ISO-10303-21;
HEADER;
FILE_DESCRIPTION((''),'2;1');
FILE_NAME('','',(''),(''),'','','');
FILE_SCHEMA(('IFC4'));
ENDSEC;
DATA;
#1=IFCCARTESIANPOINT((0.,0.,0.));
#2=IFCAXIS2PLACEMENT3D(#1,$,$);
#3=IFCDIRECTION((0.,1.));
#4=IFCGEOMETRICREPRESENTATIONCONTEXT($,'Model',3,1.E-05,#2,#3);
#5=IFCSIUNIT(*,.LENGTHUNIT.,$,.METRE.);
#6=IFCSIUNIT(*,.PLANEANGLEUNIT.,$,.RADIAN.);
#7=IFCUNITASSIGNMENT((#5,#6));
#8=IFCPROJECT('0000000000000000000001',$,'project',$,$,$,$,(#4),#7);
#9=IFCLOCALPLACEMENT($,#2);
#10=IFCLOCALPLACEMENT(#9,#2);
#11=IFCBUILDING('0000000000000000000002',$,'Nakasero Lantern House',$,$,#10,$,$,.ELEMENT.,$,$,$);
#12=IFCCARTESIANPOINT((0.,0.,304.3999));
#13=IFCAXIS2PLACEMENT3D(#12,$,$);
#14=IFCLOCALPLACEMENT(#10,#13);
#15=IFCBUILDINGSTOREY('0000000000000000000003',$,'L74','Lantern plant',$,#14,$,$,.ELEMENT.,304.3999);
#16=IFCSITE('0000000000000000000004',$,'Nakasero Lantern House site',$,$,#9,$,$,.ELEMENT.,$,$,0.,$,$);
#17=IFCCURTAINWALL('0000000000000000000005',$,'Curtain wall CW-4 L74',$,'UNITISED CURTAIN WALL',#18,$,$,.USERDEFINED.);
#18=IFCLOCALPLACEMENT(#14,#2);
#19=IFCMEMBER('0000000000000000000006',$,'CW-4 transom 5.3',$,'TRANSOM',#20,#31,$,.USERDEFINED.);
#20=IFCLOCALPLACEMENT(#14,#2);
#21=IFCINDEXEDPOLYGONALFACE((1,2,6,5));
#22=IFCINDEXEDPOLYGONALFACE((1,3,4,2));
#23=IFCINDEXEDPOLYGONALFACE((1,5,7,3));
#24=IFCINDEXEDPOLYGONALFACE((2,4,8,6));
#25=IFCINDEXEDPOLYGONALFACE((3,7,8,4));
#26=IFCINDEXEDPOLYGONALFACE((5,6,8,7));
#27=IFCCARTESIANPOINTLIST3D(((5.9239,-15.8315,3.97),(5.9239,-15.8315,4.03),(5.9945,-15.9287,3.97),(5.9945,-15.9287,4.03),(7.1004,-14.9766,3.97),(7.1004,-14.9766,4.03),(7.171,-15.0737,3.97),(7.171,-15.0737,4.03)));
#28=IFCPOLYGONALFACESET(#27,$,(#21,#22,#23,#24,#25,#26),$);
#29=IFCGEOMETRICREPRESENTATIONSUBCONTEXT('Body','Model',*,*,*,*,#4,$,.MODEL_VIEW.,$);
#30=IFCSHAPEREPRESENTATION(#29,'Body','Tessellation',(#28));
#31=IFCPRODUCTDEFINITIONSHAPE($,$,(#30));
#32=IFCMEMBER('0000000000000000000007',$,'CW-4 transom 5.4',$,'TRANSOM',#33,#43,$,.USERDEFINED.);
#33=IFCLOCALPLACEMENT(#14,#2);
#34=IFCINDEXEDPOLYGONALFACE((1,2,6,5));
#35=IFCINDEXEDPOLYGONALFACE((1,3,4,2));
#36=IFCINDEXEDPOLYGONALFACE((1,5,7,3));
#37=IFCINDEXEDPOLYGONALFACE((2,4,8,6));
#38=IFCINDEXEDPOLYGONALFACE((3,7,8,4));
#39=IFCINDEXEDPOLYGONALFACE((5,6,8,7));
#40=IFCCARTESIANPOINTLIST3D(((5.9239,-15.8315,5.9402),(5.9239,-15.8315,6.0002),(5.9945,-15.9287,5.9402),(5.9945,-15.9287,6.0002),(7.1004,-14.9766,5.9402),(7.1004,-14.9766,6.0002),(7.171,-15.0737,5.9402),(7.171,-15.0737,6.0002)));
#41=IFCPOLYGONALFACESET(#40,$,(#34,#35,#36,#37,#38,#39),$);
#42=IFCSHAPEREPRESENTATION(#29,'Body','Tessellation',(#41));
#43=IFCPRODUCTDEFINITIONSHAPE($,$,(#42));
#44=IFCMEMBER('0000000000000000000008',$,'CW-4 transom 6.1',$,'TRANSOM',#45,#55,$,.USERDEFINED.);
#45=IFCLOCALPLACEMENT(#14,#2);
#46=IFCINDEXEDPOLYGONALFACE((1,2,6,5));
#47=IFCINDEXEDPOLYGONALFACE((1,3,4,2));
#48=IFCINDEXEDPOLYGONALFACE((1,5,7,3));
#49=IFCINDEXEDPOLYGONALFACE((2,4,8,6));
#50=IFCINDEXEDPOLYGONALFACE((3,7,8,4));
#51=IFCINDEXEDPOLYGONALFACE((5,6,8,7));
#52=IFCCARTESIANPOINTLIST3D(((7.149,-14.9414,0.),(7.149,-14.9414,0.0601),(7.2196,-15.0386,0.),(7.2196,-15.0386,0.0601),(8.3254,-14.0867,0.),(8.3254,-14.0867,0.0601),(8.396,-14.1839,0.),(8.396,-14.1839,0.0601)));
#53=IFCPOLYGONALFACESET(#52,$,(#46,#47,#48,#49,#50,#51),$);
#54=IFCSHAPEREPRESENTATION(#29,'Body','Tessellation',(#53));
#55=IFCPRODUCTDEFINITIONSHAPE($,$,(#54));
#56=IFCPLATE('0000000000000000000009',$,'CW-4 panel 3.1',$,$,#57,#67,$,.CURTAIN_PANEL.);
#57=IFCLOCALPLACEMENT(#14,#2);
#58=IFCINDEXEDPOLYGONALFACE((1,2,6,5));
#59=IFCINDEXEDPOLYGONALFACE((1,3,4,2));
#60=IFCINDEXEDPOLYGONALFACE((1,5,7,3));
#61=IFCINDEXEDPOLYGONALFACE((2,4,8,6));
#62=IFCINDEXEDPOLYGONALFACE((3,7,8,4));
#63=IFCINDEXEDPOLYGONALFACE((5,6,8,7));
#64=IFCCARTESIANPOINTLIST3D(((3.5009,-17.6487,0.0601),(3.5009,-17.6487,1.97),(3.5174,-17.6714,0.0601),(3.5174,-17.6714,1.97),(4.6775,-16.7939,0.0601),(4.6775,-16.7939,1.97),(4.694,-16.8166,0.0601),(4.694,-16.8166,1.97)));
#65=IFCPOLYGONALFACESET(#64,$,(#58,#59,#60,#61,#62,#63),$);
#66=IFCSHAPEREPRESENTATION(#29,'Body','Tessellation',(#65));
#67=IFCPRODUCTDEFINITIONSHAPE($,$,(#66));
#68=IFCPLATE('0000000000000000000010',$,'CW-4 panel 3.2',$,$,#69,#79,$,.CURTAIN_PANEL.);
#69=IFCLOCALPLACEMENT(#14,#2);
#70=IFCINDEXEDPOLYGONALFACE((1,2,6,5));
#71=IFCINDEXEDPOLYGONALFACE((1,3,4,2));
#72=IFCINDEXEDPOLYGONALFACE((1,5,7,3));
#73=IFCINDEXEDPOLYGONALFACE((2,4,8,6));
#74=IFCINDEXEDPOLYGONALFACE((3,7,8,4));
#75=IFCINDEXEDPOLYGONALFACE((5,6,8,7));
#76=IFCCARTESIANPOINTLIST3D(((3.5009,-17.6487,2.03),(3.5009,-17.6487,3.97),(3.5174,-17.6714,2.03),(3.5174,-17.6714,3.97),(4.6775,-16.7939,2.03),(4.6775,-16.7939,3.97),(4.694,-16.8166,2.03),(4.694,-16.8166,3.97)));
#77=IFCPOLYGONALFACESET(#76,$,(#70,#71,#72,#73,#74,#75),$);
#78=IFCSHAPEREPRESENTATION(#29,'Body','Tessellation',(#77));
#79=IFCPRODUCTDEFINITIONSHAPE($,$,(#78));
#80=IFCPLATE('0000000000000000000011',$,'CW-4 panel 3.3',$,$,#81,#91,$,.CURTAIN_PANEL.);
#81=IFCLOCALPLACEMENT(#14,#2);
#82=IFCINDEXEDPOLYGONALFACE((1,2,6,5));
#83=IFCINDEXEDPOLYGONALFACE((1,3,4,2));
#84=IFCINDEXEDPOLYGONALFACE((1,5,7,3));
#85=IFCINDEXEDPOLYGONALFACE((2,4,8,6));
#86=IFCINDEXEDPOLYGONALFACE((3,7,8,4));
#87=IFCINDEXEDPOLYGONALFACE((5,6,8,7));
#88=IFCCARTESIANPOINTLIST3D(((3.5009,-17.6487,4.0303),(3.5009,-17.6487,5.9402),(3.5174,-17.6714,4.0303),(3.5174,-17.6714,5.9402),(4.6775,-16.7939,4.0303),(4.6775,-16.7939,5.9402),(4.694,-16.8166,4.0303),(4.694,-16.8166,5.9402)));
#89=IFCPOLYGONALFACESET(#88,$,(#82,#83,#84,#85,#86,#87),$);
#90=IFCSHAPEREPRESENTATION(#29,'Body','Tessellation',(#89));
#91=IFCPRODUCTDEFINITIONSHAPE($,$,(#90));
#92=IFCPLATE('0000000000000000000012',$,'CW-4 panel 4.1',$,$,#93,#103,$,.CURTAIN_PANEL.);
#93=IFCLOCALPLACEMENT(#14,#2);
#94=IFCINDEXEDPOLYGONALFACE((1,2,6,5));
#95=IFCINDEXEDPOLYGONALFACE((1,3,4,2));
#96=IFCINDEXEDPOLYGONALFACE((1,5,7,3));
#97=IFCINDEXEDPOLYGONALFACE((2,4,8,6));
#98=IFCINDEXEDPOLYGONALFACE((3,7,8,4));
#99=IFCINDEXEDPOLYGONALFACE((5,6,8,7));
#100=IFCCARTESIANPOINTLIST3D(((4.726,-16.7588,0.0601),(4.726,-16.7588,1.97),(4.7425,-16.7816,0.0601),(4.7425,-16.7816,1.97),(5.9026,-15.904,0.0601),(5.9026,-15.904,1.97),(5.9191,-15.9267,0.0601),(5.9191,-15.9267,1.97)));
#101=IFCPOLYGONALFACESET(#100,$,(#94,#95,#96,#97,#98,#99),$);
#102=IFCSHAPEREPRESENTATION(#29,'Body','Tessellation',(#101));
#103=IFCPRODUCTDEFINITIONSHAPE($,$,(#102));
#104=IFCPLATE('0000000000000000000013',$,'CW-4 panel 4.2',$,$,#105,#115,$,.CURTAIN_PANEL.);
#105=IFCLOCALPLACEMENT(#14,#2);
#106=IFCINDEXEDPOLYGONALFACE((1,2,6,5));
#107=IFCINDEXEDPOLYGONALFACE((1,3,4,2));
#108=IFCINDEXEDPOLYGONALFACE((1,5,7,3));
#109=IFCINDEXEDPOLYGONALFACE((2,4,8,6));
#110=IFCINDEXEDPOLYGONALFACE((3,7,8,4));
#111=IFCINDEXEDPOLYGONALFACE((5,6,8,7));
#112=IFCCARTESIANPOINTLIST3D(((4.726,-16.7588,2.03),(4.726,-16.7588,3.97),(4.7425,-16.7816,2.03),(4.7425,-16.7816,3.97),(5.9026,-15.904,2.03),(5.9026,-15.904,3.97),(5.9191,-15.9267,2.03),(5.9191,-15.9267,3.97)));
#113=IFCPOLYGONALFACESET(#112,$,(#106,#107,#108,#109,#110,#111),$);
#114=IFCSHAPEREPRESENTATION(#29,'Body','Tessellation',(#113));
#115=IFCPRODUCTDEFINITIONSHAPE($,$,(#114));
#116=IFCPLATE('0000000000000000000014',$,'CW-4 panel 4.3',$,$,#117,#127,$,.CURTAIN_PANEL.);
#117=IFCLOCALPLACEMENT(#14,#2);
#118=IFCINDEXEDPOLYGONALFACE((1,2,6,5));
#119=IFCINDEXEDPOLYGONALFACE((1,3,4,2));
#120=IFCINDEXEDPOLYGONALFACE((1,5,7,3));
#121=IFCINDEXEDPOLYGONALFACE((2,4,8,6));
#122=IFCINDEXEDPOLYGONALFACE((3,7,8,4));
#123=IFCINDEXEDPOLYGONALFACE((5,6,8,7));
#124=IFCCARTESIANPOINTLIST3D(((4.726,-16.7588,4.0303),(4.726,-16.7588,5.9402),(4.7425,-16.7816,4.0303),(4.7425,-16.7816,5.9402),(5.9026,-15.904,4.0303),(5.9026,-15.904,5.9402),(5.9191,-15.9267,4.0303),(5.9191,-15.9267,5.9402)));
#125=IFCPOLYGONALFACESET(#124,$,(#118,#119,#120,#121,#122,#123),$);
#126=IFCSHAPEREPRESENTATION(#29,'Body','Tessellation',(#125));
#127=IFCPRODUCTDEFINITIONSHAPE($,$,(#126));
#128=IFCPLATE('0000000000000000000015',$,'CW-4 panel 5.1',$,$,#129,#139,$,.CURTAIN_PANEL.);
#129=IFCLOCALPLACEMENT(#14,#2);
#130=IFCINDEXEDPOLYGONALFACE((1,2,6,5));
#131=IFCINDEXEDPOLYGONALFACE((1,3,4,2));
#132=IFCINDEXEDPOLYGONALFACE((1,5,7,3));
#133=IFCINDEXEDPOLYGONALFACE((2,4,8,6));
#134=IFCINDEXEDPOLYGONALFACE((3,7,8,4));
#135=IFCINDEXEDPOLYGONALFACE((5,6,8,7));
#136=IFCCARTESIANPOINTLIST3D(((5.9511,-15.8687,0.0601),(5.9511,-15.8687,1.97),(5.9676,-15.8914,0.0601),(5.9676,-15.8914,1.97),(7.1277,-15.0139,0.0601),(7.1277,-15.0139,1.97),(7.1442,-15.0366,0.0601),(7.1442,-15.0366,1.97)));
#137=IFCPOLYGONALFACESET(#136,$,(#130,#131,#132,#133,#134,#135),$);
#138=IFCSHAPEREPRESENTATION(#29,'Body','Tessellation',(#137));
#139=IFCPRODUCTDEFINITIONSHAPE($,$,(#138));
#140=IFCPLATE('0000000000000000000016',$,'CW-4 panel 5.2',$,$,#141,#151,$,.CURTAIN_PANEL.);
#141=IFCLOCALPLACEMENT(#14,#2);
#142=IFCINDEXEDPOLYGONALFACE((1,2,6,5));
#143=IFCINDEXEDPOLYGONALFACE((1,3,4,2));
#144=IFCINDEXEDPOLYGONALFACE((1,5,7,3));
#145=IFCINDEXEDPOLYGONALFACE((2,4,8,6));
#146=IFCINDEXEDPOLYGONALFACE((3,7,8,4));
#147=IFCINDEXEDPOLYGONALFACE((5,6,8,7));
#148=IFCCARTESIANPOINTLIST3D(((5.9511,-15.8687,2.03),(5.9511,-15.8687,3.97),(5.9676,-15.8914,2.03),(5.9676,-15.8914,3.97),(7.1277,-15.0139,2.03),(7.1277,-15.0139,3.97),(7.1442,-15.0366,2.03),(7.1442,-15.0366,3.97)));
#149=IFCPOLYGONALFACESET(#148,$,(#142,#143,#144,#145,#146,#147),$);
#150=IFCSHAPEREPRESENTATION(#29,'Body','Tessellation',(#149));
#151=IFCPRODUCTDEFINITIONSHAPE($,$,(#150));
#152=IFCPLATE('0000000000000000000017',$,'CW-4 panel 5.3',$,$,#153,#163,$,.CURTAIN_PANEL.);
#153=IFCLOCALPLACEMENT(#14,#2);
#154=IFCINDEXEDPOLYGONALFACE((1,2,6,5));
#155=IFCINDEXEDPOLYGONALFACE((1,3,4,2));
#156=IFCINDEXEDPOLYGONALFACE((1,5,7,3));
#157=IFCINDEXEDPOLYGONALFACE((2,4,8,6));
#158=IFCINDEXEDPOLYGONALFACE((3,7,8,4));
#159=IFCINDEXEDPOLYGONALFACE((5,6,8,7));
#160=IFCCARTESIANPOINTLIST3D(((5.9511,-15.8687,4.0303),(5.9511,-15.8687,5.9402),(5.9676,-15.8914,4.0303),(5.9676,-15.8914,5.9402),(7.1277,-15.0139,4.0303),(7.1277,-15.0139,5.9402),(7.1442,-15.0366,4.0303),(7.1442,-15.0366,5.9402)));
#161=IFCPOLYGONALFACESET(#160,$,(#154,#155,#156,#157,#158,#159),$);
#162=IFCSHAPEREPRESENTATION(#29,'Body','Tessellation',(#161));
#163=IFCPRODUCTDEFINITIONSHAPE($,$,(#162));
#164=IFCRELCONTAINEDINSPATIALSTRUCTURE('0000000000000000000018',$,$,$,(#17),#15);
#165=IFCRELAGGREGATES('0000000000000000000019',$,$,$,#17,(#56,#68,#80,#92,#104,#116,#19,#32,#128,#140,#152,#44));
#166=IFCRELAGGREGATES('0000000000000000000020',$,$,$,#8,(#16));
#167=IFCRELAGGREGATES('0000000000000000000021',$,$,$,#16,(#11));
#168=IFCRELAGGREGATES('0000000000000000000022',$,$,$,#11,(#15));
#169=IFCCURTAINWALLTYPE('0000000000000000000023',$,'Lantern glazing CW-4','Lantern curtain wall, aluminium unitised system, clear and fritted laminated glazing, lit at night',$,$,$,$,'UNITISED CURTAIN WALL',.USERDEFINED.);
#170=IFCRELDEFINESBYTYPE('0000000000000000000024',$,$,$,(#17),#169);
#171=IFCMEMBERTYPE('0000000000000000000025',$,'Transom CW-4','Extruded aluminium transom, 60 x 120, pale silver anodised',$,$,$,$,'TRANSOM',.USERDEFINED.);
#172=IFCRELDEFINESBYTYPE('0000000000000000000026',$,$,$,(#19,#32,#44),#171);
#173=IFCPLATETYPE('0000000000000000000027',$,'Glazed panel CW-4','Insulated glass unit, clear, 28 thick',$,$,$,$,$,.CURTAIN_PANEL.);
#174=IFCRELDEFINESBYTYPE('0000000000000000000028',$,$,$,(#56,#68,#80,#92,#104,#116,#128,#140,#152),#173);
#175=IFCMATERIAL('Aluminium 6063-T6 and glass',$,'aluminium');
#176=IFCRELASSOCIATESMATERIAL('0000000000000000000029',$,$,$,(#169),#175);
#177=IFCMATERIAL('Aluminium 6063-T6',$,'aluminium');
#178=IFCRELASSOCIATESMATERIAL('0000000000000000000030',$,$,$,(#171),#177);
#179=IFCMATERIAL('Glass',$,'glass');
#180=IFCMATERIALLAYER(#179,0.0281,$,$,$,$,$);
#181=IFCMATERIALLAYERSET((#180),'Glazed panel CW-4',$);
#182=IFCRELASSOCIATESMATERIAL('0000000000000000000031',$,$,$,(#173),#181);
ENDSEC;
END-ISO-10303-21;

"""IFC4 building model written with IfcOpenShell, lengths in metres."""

from ifc_helpers import new_model, si_unit, direction, frame, origin, origin_2d, place, context, subcontext, project, spatial, rectangle, extrude, material, layer, layer_set, material_profile, profile_set, type_object, element, aggregate, save


model = new_model("IFC4")

# Units and contexts
model_context = context("Model", 3, precision=1e-05, world=origin(), true_north=direction((0.0, 1.0)))
body_context = subcontext(model_context, "Body", "Model", "MODEL_VIEW")
ifc_project = project(units=[si_unit("LENGTHUNIT", "METRE"), si_unit("PLANEANGLEUNIT", "RADIAN")], contexts=[model_context])

# Site, building, storey
site_placement = place(None, origin())
site = spatial("IfcSite", under=ifc_project, at=site_placement, Name="Nakasero Lantern House site", CompositionType="ELEMENT", RefElevation=0.0)
building_placement = place(site_placement, origin())
building = spatial("IfcBuilding", under=site, at=building_placement, Name="Nakasero Lantern House", CompositionType="ELEMENT")
storey_placement = place(building_placement, frame((0.0, 0.0, 304.3999)))
storey = spatial("IfcBuildingStorey", under=building, at=storey_placement, Name="L74", Description="Lantern plant", CompositionType="ELEMENT", Elevation=304.3999)

# Curtain wall, members, plates
ifc_material_1 = material(Name="Aluminium 6063-T6 and glass", Category="aluminium")
curtain_wall_type = type_object("IfcCurtainWallType", Name="Lantern glazing CW-4", Description="Lantern curtain wall, aluminium unitised system, clear and fritted laminated glazing, lit at night", ElementType="UNITISED CURTAIN WALL", PredefinedType="USERDEFINED", material=ifc_material_1)
curtain_wall_placement = place(storey_placement, origin())
curtain_wall = element("IfcCurtainWall", 1, at=curtain_wall_placement, inside=storey, type_object=curtain_wall_type, Name="Curtain wall CW-4 L74", ObjectType="UNITISED CURTAIN WALL", PredefinedType="USERDEFINED")
ifc_material_2 = material(Name="Aluminium 6063-T6", Category="aluminium")
ifc_material_profile_1 = material_profile(ifc_material_2, rectangle(XDim=0.0601, YDim=0.1201, at=origin_2d()), Name="CW-4 transom 60x120")
ifc_profile_set_1 = profile_set([ifc_material_profile_1], Name="Aluminium 6063-T6")
member_type_1 = type_object("IfcMemberType", Name="Transom CW-4", Description="Extruded aluminium transom, 60 x 120, pale silver anodised", ElementType="TRANSOM", PredefinedType="USERDEFINED", material=ifc_profile_set_1)
member_1_placement = place(storey_placement, frame((5.9592, -15.8801, 4.0), z_axis=(0.808954, 0.587872, 0.0), x_axis=(0.0, 0.0, 1.0)))
member_1 = element("IfcMember", 2, at=member_1_placement, type_object=member_type_1, Name="CW-4 transom 5.3", ObjectType="TRANSOM", PredefinedType="USERDEFINED", context=body_context, shape_type="SweptSolid", body=[
    extrude(rectangle(XDim=0.0601, YDim=0.1201, at=origin_2d()), origin(), (0.0, 0.0, 1.0), 1.4543),
])
member_2_placement = place(storey_placement, frame((5.9592, -15.8801, 5.9702), z_axis=(0.808954, 0.587872, 0.0), x_axis=(0.0, 0.0, 1.0)))
member_2 = element("IfcMember", 3, at=member_2_placement, type_object=member_type_1, Name="CW-4 transom 5.4", ObjectType="TRANSOM", PredefinedType="USERDEFINED", context=body_context, shape_type="SweptSolid", body=[
    extrude(rectangle(XDim=0.0601, YDim=0.1201, at=origin_2d()), origin(), (0.0, 0.0, 1.0), 1.4543),
])
member_3_placement = place(storey_placement, frame((7.1843, -14.99, 0.03), z_axis=(0.809034, 0.587762, 0.0), x_axis=(0.0, 0.0, 1.0)))
member_3 = element("IfcMember", 4, at=member_3_placement, type_object=member_type_1, Name="CW-4 transom 6.1", ObjectType="TRANSOM", PredefinedType="USERDEFINED", context=body_context, shape_type="SweptSolid", body=[
    extrude(rectangle(XDim=0.0601, YDim=0.1201, at=origin_2d()), origin(), (0.0, 0.0, 1.0), 1.4541),
])
ifc_material_3 = material(Name="Glass", Category="glass")
ifc_layer = layer(ifc_material_3, 0.0281)
ifc_layer_set = layer_set([ifc_layer], Name="Glazed panel CW-4")
plate_type = type_object("IfcPlateType", Name="Glazed panel CW-4", Description="Insulated glass unit, clear, 28 thick", PredefinedType="CURTAIN_PANEL", material=ifc_layer_set)
plate_1_placement = place(storey_placement, frame((4.0974, -17.2327, 0.0601), z_axis=(0.0, 0.0, 1.0), x_axis=(0.809017, 0.587785, 0.0)))
plate_1 = element("IfcPlate", 5, at=plate_1_placement, type_object=plate_type, Name="CW-4 panel 3.1", PredefinedType="CURTAIN_PANEL", context=body_context, shape_type="SweptSolid", body=[
    extrude(rectangle(XDim=1.4543, YDim=0.0281, at=origin_2d()), origin(), (0.0, 0.0, 1.0), 1.9099),
])
plate_2_placement = place(storey_placement, frame((4.0974, -17.2327, 2.03), z_axis=(0.0, 0.0, 1.0), x_axis=(0.809017, 0.587785, 0.0)))
plate_2 = element("IfcPlate", 6, at=plate_2_placement, type_object=plate_type, Name="CW-4 panel 3.2", PredefinedType="CURTAIN_PANEL", context=body_context, shape_type="SweptSolid", body=[
    extrude(rectangle(XDim=1.4543, YDim=0.0281, at=origin_2d()), origin(), (0.0, 0.0, 1.0), 1.9399),
])
plate_3_placement = place(storey_placement, frame((4.0974, -17.2327, 4.0303), z_axis=(0.0, 0.0, 1.0), x_axis=(0.809017, 0.587785, 0.0)))
plate_3 = element("IfcPlate", 7, at=plate_3_placement, type_object=plate_type, Name="CW-4 panel 3.3", PredefinedType="CURTAIN_PANEL", context=body_context, shape_type="SweptSolid", body=[
    extrude(rectangle(XDim=1.4543, YDim=0.0281, at=origin_2d()), origin(), (0.0, 0.0, 1.0), 1.9099),
])
plate_4_placement = place(storey_placement, frame((5.3225, -16.3428, 0.0601), z_axis=(0.0, 0.0, 1.0), x_axis=(0.809017, 0.587785, 0.0)))
plate_4 = element("IfcPlate", 8, at=plate_4_placement, type_object=plate_type, Name="CW-4 panel 4.1", PredefinedType="CURTAIN_PANEL", context=body_context, shape_type="SweptSolid", body=[
    extrude(rectangle(XDim=1.4543, YDim=0.0281, at=origin_2d()), origin(), (0.0, 0.0, 1.0), 1.9099),
])
plate_5_placement = place(storey_placement, frame((5.3225, -16.3428, 2.03), z_axis=(0.0, 0.0, 1.0), x_axis=(0.809017, 0.587785, 0.0)))
plate_5 = element("IfcPlate", 9, at=plate_5_placement, type_object=plate_type, Name="CW-4 panel 4.2", PredefinedType="CURTAIN_PANEL", context=body_context, shape_type="SweptSolid", body=[
    extrude(rectangle(XDim=1.4543, YDim=0.0281, at=origin_2d()), origin(), (0.0, 0.0, 1.0), 1.9399),
])
plate_6_placement = place(storey_placement, frame((5.3225, -16.3428, 4.0303), z_axis=(0.0, 0.0, 1.0), x_axis=(0.809017, 0.587785, 0.0)))
plate_6 = element("IfcPlate", 10, at=plate_6_placement, type_object=plate_type, Name="CW-4 panel 4.3", PredefinedType="CURTAIN_PANEL", context=body_context, shape_type="SweptSolid", body=[
    extrude(rectangle(XDim=1.4543, YDim=0.0281, at=origin_2d()), origin(), (0.0, 0.0, 1.0), 1.9099),
])
plate_7_placement = place(storey_placement, frame((6.5476, -15.4526, 0.0601), z_axis=(0.0, 0.0, 1.0), x_axis=(0.809017, 0.587785, 0.0)))
plate_7 = element("IfcPlate", 11, at=plate_7_placement, type_object=plate_type, Name="CW-4 panel 5.1", PredefinedType="CURTAIN_PANEL", context=body_context, shape_type="SweptSolid", body=[
    extrude(rectangle(XDim=1.4543, YDim=0.0281, at=origin_2d()), origin(), (0.0, 0.0, 1.0), 1.9099),
])
plate_8_placement = place(storey_placement, frame((6.5476, -15.4526, 2.03), z_axis=(0.0, 0.0, 1.0), x_axis=(0.809017, 0.587785, 0.0)))
plate_8 = element("IfcPlate", 12, at=plate_8_placement, type_object=plate_type, Name="CW-4 panel 5.2", PredefinedType="CURTAIN_PANEL", context=body_context, shape_type="SweptSolid", body=[
    extrude(rectangle(XDim=1.4543, YDim=0.0281, at=origin_2d()), origin(), (0.0, 0.0, 1.0), 1.9399),
])
plate_9_placement = place(storey_placement, frame((6.5476, -15.4526, 4.0303), z_axis=(0.0, 0.0, 1.0), x_axis=(0.809017, 0.587785, 0.0)))
plate_9 = element("IfcPlate", 13, at=plate_9_placement, type_object=plate_type, Name="CW-4 panel 5.3", PredefinedType="CURTAIN_PANEL", context=body_context, shape_type="SweptSolid", body=[
    extrude(rectangle(XDim=1.4543, YDim=0.0281, at=origin_2d()), origin(), (0.0, 0.0, 1.0), 1.9099),
])
aggregate(curtain_wall, [plate_1, plate_2, plate_3, plate_4, plate_5, plate_6, member_1, member_2, plate_7, plate_8, plate_9, member_3])

save(model, "model.ifc")
